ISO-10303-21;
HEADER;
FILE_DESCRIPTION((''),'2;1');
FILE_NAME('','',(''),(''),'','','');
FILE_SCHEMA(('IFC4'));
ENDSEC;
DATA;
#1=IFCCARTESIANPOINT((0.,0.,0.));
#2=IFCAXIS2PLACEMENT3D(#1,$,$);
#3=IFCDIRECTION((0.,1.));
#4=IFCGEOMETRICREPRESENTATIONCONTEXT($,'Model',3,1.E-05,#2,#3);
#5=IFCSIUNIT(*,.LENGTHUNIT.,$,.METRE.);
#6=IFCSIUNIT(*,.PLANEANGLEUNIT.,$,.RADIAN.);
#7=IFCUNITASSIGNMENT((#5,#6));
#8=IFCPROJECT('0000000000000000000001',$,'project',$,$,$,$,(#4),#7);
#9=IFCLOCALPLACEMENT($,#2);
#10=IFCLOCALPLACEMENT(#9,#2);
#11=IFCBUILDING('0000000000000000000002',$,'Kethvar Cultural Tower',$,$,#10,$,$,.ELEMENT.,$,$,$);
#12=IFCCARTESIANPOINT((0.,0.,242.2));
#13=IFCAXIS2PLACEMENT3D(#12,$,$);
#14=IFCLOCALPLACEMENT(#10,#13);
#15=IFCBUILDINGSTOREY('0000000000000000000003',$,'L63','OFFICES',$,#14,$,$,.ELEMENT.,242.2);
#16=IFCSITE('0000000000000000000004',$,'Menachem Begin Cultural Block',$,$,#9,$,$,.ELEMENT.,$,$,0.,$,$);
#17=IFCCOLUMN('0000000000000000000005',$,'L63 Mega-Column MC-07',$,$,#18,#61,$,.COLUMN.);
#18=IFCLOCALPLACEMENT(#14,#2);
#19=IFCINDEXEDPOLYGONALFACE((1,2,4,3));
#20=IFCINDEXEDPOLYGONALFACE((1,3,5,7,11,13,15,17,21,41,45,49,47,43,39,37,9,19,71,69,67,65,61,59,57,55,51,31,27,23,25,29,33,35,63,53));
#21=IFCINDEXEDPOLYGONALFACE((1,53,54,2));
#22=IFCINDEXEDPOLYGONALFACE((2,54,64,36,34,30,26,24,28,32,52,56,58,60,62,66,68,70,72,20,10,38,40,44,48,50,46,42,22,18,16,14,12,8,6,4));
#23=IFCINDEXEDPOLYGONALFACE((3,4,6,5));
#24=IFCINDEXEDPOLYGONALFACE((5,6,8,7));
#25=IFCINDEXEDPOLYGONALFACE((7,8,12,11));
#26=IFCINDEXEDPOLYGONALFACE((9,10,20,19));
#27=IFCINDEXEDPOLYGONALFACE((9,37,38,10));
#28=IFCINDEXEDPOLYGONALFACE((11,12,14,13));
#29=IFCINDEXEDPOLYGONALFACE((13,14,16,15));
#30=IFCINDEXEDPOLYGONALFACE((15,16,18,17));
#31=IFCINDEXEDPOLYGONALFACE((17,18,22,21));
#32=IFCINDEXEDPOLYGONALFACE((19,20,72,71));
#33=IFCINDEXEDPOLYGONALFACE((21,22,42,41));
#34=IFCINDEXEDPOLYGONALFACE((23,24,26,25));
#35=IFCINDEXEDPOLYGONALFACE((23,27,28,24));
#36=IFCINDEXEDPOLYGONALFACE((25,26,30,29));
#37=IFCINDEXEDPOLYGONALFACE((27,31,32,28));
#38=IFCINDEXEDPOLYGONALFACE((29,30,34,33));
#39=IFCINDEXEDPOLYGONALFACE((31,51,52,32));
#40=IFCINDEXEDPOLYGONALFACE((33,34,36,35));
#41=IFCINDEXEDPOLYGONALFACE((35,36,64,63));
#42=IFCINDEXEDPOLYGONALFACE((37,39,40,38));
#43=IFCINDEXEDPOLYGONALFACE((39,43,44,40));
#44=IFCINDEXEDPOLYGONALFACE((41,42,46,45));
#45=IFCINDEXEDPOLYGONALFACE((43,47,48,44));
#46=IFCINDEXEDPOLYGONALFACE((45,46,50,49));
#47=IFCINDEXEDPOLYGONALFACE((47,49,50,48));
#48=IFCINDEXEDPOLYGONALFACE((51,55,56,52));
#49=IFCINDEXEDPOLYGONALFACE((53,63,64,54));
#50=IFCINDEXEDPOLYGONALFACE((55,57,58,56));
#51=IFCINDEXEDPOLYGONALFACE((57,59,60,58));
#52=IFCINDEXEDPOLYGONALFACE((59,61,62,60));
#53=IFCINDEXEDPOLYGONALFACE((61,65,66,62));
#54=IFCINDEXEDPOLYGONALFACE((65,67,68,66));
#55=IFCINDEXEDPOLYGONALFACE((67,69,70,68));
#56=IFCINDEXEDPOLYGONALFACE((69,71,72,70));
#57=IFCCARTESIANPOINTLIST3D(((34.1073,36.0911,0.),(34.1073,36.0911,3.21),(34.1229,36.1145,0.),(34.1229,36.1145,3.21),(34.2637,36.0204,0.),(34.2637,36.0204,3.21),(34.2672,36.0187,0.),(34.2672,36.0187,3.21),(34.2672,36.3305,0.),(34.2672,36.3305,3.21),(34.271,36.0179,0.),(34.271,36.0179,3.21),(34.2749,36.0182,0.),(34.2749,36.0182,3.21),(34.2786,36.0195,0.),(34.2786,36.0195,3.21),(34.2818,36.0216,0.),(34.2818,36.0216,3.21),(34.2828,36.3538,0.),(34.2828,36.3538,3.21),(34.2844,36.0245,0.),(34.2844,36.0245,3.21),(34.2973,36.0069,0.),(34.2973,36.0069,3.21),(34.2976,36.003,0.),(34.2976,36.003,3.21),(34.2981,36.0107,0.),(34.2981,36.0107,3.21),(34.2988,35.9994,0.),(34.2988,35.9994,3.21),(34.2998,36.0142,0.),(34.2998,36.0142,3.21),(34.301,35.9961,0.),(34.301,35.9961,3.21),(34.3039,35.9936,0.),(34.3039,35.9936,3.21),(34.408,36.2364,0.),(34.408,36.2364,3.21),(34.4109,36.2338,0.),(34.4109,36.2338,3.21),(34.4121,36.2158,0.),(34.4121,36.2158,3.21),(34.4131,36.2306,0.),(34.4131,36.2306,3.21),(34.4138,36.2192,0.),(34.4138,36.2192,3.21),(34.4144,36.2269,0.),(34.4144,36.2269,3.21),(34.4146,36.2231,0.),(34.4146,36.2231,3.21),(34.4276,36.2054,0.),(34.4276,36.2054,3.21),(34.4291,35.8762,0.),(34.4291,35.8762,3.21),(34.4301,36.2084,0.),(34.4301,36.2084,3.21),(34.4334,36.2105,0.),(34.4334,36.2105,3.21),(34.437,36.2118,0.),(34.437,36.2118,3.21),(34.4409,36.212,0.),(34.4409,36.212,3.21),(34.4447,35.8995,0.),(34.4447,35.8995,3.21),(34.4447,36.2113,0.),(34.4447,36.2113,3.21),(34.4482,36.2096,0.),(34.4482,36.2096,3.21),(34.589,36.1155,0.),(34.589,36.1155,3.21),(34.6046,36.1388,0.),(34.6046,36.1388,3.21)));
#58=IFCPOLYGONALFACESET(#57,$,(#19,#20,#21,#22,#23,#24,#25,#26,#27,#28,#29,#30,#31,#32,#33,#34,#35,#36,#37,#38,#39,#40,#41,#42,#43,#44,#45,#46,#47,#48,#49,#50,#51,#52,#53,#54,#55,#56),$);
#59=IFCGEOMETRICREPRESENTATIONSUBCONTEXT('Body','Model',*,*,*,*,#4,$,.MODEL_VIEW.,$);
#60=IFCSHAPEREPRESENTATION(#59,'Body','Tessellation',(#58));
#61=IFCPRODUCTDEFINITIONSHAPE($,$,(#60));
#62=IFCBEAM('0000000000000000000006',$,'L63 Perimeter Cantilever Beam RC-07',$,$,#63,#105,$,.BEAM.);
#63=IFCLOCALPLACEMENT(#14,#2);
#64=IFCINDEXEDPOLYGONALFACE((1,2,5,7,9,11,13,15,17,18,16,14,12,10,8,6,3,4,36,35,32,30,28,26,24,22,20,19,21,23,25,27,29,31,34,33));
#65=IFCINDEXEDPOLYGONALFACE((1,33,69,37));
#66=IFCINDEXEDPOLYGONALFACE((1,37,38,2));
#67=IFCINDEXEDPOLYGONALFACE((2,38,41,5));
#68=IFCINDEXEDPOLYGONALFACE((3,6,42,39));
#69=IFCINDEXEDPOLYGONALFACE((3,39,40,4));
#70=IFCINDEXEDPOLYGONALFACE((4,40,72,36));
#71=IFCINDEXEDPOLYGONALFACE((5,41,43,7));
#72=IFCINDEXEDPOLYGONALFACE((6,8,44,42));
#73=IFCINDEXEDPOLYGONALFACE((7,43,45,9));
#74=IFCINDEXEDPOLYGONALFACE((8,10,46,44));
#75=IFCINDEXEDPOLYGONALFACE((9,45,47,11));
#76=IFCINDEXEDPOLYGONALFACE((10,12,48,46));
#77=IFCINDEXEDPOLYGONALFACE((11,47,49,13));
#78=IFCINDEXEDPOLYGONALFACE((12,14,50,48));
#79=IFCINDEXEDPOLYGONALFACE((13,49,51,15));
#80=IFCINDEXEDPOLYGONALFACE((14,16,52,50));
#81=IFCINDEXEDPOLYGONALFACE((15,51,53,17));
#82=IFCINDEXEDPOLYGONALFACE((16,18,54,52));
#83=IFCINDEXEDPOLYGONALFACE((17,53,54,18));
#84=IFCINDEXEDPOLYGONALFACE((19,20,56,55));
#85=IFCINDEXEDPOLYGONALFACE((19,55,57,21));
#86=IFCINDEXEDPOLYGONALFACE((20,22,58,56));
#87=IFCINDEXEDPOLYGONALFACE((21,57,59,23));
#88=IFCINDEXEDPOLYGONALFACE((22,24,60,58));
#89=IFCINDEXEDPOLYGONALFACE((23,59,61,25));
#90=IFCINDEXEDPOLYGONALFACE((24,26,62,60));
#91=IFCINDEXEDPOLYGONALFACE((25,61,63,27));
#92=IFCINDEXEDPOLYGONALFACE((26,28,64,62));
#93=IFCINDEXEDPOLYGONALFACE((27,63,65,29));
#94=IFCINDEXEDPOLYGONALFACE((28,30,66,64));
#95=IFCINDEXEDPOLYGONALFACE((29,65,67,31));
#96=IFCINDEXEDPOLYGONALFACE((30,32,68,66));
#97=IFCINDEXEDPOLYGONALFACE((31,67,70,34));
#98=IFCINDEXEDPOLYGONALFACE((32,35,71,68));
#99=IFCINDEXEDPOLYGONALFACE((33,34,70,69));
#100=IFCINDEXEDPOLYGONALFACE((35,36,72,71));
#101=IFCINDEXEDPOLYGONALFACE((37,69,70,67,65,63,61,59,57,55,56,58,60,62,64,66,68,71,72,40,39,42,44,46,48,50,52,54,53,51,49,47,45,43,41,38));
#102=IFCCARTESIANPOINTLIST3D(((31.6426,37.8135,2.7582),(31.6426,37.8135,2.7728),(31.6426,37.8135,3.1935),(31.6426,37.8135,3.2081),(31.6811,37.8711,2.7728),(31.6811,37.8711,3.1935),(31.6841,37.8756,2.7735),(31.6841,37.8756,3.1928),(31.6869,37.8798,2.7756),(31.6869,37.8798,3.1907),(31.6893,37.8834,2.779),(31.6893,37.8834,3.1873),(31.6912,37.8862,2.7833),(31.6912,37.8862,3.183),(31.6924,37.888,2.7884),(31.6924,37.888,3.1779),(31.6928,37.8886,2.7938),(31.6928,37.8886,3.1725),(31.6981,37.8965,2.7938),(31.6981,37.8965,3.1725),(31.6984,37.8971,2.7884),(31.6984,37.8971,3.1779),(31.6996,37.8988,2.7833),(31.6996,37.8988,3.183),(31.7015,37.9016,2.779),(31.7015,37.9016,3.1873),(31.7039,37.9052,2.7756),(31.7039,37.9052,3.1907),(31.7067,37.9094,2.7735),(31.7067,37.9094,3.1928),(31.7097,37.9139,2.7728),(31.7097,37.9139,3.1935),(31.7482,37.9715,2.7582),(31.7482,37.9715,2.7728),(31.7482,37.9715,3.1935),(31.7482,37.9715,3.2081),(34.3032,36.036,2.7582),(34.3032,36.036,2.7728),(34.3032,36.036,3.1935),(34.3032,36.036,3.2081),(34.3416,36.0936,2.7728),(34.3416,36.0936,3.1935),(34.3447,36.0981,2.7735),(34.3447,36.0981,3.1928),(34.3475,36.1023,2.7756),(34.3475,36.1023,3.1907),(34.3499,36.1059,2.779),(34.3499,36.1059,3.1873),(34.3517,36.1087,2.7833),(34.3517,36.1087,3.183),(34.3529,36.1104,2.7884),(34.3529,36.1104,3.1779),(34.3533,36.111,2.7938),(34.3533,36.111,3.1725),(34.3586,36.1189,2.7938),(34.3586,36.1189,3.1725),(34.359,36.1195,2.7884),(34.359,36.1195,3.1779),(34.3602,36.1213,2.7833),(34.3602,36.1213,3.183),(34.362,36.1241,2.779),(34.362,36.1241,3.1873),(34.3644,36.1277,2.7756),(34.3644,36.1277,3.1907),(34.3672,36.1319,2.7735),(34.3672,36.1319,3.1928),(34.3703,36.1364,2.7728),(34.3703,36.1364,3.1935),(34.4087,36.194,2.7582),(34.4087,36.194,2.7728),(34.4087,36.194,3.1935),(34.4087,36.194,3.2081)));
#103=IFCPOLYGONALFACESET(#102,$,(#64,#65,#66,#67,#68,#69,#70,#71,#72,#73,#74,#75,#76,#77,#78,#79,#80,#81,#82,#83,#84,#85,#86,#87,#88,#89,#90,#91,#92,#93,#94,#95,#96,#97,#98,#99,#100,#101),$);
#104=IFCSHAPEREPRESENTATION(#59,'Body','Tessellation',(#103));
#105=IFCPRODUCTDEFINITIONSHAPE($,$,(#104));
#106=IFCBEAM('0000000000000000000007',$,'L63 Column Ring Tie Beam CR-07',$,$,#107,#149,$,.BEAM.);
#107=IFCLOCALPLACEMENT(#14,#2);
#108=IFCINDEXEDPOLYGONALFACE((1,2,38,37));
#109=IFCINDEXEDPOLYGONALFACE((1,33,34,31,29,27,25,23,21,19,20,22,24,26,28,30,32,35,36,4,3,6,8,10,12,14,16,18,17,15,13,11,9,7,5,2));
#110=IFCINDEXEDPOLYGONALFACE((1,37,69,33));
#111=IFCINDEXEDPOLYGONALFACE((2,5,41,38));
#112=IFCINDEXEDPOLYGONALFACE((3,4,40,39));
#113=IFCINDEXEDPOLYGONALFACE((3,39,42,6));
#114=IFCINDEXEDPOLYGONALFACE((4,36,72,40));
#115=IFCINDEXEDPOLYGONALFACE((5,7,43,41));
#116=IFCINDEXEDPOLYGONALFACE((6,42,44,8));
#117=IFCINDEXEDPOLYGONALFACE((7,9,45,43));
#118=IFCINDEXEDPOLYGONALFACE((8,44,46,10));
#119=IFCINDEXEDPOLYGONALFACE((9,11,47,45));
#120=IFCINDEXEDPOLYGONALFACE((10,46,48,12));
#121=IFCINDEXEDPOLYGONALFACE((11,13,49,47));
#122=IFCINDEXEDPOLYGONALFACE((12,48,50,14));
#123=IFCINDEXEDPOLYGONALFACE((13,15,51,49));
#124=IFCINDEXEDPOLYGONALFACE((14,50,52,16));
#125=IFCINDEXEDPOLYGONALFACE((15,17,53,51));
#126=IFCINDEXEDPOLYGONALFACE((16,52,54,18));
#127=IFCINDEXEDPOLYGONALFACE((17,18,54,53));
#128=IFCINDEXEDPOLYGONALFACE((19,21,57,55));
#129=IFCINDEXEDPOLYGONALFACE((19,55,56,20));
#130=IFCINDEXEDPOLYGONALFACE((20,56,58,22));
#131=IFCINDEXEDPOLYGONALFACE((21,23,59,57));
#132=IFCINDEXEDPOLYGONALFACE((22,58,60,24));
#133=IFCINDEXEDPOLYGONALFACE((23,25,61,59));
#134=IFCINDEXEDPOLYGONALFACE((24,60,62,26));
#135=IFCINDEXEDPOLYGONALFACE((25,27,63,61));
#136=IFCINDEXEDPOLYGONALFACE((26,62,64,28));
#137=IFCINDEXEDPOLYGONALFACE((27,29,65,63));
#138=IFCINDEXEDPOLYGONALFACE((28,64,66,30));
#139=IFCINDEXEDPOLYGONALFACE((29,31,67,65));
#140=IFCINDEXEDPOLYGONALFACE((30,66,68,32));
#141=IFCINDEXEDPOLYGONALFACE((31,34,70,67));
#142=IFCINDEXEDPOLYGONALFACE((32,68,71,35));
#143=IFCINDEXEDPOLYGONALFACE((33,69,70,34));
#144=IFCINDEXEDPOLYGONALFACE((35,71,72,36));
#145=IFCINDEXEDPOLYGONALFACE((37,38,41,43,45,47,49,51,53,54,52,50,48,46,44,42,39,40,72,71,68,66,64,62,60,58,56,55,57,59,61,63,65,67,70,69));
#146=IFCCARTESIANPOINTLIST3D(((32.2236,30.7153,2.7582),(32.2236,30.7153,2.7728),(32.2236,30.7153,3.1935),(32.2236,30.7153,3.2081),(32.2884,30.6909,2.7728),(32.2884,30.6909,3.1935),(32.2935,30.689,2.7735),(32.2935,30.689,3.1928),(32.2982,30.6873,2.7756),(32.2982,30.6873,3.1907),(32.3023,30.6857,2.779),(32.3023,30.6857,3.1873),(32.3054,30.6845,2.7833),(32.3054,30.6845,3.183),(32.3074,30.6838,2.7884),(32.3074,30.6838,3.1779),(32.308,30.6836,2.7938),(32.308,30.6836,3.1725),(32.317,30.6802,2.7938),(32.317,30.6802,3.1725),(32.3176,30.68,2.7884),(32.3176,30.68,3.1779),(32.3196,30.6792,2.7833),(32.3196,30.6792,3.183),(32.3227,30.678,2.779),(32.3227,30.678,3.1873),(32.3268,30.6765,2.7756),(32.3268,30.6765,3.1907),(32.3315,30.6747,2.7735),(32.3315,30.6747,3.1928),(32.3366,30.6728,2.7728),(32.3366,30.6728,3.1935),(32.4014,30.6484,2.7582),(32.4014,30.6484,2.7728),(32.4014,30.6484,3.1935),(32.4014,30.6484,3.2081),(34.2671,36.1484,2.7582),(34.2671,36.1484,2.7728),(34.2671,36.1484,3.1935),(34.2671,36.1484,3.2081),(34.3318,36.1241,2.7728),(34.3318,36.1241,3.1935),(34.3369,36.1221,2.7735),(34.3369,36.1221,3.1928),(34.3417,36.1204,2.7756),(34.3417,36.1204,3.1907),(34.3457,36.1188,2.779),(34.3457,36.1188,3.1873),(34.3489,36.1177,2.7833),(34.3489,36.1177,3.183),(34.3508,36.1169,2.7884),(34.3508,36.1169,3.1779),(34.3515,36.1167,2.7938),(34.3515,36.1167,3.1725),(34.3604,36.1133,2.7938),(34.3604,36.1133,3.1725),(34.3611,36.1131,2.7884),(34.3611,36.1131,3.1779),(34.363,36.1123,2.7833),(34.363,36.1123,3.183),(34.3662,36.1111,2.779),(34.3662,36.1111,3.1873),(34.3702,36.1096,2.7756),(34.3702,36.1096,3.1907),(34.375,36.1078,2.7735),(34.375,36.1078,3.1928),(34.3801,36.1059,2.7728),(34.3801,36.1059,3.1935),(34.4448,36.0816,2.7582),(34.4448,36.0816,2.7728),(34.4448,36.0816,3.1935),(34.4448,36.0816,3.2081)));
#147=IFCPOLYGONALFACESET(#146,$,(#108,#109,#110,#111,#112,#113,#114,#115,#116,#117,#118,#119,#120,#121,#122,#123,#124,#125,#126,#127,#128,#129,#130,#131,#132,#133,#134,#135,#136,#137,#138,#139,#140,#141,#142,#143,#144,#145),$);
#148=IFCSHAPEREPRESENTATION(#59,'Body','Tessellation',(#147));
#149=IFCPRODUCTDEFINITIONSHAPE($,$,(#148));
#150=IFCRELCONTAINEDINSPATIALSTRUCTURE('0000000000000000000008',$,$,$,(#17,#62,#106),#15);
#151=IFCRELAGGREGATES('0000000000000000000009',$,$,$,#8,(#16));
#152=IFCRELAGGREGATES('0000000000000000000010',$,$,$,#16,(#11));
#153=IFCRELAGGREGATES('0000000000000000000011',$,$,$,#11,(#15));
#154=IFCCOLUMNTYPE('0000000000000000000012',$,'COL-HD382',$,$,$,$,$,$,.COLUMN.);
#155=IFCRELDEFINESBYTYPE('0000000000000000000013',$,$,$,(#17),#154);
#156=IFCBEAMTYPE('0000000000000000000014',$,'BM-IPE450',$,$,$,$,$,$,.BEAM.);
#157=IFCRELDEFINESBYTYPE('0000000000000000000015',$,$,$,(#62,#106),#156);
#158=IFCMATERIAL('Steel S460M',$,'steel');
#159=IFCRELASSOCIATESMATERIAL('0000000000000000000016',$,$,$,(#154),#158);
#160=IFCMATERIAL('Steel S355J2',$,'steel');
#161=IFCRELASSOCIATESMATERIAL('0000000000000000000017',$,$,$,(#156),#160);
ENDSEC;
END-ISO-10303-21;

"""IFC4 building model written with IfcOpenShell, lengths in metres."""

from ifc_helpers import new_model, si_unit, direction, frame, origin, origin_2d, place, context, subcontext, project, spatial, i_section, extrude, source, transform, mapped, material, material_profile, profile_set, type_object, element, save


model = new_model("IFC4")

# Units and contexts
model_context = context("Model", 3, precision=1e-05, world=origin(), true_north=direction((0.0, 1.0)))
body_context = subcontext(model_context, "Body", "Model", "MODEL_VIEW")
ifc_project = project(units=[si_unit("LENGTHUNIT", "METRE"), si_unit("PLANEANGLEUNIT", "RADIAN")], contexts=[model_context])

# Site, building, storey
site_placement = place(None, origin())
site = spatial("IfcSite", under=ifc_project, at=site_placement, Name="Menachem Begin Cultural Block", CompositionType="ELEMENT", RefElevation=0.0)
building_placement = place(site_placement, origin())
building = spatial("IfcBuilding", under=site, at=building_placement, Name="Kethvar Cultural Tower", CompositionType="ELEMENT")
storey_placement = place(building_placement, frame((0.0, 0.0, 242.2)))
storey = spatial("IfcBuildingStorey", under=building, at=storey_placement, Name="L63", Description="OFFICES", CompositionType="ELEMENT", Elevation=242.2)

# Column
ifc_material_1 = material(Name="Steel S460M", Category="steel")
ifc_material_profile_1 = material_profile(ifc_material_1, i_section(OverallWidth=0.387, OverallDepth=0.3159, WebThickness=0.0186, FlangeThickness=0.0281, FilletRadius=0.0149, at=origin_2d()), Name="Steel S460M — HD400x382")
ifc_profile_set_1 = profile_set([ifc_material_profile_1], Name="Steel S460M — HD400x382")
column_type = type_object("IfcColumnType", Name="COL-HD382", PredefinedType="COLUMN", material=ifc_profile_set_1)
shared_shape_1 = source(origin(), body_context, "Body", "SweptSolid", [
    extrude(i_section(OverallWidth=0.387, OverallDepth=0.3159, WebThickness=0.0186, FlangeThickness=0.0281, FilletRadius=0.0149, at=origin_2d()), origin(), (0.0, 0.0, 1.0), 3.21),
])
column_placement = place(storey_placement, frame((34.356, 36.115, 0.0), z_axis=(0.0, 0.0, 1.0), x_axis=(-0.83147, 0.55557, 0.0)))
element("IfcColumn", 1, at=column_placement, inside=storey, type_object=column_type, Name="L63 Mega-Column MC-07", PredefinedType="COLUMN", context=body_context, shape_type="MappedRepresentation", body=[
    mapped(shared_shape_1, transform((0.0, 0.0, 0.0), scale=1.0)),
])

# Beams
ifc_material_2 = material(Name="Steel S355J2", Category="steel")
ifc_material_profile_2 = material_profile(ifc_material_2, i_section(OverallWidth=0.1899, OverallDepth=0.45, WebThickness=0.0095, FlangeThickness=0.0146, FilletRadius=0.021, at=origin_2d()), Name="Steel S355J2 — IPE450")
ifc_profile_set_2 = profile_set([ifc_material_profile_2], Name="Steel S355J2 — IPE450")
beam_type_1 = type_object("IfcBeamType", Name="BM-IPE450", PredefinedType="BEAM", material=ifc_profile_set_2)
shared_shape_2 = source(origin(), body_context, "Body", "SweptSolid", [
    extrude(i_section(OverallWidth=0.1899, OverallDepth=0.45, WebThickness=0.0095, FlangeThickness=0.0146, FilletRadius=0.021, at=origin_2d()), origin(), (0.0, 0.0, 1.0), 3.1997),
])
beam_1_placement = place(storey_placement, frame((34.356, 36.115, 2.9832), z_axis=(-0.831498, 0.555527, 0.0), x_axis=(-0.555527, -0.831498, 0.0)))
element("IfcBeam", 2, at=beam_1_placement, inside=storey, type_object=beam_type_1, Name="L63 Perimeter Cantilever Beam RC-07", PredefinedType="BEAM", context=body_context, shape_type="MappedRepresentation", body=[
    mapped(shared_shape_2, transform((0.0, 0.0, 0.0), scale=1.0)),
])
shared_shape_3 = source(origin(), body_context, "Body", "SweptSolid", [
    extrude(i_section(OverallWidth=0.1899, OverallDepth=0.45, WebThickness=0.0095, FlangeThickness=0.0146, FilletRadius=0.021, at=origin_2d()), origin(), (0.0, 0.0, 1.0), 5.8047),
])
beam_2_placement = place(storey_placement, frame((34.356, 36.115, 2.9832), z_axis=(-0.352036, -0.935986, 0.0), x_axis=(0.935986, -0.352036, 0.0)))
element("IfcBeam", 3, at=beam_2_placement, inside=storey, type_object=beam_type_1, Name="L63 Column Ring Tie Beam CR-07", PredefinedType="BEAM", context=body_context, shape_type="MappedRepresentation", body=[
    mapped(shared_shape_3, transform((0.0, 0.0, 0.0), scale=1.0)),
])

save(model, "model.ifc")
